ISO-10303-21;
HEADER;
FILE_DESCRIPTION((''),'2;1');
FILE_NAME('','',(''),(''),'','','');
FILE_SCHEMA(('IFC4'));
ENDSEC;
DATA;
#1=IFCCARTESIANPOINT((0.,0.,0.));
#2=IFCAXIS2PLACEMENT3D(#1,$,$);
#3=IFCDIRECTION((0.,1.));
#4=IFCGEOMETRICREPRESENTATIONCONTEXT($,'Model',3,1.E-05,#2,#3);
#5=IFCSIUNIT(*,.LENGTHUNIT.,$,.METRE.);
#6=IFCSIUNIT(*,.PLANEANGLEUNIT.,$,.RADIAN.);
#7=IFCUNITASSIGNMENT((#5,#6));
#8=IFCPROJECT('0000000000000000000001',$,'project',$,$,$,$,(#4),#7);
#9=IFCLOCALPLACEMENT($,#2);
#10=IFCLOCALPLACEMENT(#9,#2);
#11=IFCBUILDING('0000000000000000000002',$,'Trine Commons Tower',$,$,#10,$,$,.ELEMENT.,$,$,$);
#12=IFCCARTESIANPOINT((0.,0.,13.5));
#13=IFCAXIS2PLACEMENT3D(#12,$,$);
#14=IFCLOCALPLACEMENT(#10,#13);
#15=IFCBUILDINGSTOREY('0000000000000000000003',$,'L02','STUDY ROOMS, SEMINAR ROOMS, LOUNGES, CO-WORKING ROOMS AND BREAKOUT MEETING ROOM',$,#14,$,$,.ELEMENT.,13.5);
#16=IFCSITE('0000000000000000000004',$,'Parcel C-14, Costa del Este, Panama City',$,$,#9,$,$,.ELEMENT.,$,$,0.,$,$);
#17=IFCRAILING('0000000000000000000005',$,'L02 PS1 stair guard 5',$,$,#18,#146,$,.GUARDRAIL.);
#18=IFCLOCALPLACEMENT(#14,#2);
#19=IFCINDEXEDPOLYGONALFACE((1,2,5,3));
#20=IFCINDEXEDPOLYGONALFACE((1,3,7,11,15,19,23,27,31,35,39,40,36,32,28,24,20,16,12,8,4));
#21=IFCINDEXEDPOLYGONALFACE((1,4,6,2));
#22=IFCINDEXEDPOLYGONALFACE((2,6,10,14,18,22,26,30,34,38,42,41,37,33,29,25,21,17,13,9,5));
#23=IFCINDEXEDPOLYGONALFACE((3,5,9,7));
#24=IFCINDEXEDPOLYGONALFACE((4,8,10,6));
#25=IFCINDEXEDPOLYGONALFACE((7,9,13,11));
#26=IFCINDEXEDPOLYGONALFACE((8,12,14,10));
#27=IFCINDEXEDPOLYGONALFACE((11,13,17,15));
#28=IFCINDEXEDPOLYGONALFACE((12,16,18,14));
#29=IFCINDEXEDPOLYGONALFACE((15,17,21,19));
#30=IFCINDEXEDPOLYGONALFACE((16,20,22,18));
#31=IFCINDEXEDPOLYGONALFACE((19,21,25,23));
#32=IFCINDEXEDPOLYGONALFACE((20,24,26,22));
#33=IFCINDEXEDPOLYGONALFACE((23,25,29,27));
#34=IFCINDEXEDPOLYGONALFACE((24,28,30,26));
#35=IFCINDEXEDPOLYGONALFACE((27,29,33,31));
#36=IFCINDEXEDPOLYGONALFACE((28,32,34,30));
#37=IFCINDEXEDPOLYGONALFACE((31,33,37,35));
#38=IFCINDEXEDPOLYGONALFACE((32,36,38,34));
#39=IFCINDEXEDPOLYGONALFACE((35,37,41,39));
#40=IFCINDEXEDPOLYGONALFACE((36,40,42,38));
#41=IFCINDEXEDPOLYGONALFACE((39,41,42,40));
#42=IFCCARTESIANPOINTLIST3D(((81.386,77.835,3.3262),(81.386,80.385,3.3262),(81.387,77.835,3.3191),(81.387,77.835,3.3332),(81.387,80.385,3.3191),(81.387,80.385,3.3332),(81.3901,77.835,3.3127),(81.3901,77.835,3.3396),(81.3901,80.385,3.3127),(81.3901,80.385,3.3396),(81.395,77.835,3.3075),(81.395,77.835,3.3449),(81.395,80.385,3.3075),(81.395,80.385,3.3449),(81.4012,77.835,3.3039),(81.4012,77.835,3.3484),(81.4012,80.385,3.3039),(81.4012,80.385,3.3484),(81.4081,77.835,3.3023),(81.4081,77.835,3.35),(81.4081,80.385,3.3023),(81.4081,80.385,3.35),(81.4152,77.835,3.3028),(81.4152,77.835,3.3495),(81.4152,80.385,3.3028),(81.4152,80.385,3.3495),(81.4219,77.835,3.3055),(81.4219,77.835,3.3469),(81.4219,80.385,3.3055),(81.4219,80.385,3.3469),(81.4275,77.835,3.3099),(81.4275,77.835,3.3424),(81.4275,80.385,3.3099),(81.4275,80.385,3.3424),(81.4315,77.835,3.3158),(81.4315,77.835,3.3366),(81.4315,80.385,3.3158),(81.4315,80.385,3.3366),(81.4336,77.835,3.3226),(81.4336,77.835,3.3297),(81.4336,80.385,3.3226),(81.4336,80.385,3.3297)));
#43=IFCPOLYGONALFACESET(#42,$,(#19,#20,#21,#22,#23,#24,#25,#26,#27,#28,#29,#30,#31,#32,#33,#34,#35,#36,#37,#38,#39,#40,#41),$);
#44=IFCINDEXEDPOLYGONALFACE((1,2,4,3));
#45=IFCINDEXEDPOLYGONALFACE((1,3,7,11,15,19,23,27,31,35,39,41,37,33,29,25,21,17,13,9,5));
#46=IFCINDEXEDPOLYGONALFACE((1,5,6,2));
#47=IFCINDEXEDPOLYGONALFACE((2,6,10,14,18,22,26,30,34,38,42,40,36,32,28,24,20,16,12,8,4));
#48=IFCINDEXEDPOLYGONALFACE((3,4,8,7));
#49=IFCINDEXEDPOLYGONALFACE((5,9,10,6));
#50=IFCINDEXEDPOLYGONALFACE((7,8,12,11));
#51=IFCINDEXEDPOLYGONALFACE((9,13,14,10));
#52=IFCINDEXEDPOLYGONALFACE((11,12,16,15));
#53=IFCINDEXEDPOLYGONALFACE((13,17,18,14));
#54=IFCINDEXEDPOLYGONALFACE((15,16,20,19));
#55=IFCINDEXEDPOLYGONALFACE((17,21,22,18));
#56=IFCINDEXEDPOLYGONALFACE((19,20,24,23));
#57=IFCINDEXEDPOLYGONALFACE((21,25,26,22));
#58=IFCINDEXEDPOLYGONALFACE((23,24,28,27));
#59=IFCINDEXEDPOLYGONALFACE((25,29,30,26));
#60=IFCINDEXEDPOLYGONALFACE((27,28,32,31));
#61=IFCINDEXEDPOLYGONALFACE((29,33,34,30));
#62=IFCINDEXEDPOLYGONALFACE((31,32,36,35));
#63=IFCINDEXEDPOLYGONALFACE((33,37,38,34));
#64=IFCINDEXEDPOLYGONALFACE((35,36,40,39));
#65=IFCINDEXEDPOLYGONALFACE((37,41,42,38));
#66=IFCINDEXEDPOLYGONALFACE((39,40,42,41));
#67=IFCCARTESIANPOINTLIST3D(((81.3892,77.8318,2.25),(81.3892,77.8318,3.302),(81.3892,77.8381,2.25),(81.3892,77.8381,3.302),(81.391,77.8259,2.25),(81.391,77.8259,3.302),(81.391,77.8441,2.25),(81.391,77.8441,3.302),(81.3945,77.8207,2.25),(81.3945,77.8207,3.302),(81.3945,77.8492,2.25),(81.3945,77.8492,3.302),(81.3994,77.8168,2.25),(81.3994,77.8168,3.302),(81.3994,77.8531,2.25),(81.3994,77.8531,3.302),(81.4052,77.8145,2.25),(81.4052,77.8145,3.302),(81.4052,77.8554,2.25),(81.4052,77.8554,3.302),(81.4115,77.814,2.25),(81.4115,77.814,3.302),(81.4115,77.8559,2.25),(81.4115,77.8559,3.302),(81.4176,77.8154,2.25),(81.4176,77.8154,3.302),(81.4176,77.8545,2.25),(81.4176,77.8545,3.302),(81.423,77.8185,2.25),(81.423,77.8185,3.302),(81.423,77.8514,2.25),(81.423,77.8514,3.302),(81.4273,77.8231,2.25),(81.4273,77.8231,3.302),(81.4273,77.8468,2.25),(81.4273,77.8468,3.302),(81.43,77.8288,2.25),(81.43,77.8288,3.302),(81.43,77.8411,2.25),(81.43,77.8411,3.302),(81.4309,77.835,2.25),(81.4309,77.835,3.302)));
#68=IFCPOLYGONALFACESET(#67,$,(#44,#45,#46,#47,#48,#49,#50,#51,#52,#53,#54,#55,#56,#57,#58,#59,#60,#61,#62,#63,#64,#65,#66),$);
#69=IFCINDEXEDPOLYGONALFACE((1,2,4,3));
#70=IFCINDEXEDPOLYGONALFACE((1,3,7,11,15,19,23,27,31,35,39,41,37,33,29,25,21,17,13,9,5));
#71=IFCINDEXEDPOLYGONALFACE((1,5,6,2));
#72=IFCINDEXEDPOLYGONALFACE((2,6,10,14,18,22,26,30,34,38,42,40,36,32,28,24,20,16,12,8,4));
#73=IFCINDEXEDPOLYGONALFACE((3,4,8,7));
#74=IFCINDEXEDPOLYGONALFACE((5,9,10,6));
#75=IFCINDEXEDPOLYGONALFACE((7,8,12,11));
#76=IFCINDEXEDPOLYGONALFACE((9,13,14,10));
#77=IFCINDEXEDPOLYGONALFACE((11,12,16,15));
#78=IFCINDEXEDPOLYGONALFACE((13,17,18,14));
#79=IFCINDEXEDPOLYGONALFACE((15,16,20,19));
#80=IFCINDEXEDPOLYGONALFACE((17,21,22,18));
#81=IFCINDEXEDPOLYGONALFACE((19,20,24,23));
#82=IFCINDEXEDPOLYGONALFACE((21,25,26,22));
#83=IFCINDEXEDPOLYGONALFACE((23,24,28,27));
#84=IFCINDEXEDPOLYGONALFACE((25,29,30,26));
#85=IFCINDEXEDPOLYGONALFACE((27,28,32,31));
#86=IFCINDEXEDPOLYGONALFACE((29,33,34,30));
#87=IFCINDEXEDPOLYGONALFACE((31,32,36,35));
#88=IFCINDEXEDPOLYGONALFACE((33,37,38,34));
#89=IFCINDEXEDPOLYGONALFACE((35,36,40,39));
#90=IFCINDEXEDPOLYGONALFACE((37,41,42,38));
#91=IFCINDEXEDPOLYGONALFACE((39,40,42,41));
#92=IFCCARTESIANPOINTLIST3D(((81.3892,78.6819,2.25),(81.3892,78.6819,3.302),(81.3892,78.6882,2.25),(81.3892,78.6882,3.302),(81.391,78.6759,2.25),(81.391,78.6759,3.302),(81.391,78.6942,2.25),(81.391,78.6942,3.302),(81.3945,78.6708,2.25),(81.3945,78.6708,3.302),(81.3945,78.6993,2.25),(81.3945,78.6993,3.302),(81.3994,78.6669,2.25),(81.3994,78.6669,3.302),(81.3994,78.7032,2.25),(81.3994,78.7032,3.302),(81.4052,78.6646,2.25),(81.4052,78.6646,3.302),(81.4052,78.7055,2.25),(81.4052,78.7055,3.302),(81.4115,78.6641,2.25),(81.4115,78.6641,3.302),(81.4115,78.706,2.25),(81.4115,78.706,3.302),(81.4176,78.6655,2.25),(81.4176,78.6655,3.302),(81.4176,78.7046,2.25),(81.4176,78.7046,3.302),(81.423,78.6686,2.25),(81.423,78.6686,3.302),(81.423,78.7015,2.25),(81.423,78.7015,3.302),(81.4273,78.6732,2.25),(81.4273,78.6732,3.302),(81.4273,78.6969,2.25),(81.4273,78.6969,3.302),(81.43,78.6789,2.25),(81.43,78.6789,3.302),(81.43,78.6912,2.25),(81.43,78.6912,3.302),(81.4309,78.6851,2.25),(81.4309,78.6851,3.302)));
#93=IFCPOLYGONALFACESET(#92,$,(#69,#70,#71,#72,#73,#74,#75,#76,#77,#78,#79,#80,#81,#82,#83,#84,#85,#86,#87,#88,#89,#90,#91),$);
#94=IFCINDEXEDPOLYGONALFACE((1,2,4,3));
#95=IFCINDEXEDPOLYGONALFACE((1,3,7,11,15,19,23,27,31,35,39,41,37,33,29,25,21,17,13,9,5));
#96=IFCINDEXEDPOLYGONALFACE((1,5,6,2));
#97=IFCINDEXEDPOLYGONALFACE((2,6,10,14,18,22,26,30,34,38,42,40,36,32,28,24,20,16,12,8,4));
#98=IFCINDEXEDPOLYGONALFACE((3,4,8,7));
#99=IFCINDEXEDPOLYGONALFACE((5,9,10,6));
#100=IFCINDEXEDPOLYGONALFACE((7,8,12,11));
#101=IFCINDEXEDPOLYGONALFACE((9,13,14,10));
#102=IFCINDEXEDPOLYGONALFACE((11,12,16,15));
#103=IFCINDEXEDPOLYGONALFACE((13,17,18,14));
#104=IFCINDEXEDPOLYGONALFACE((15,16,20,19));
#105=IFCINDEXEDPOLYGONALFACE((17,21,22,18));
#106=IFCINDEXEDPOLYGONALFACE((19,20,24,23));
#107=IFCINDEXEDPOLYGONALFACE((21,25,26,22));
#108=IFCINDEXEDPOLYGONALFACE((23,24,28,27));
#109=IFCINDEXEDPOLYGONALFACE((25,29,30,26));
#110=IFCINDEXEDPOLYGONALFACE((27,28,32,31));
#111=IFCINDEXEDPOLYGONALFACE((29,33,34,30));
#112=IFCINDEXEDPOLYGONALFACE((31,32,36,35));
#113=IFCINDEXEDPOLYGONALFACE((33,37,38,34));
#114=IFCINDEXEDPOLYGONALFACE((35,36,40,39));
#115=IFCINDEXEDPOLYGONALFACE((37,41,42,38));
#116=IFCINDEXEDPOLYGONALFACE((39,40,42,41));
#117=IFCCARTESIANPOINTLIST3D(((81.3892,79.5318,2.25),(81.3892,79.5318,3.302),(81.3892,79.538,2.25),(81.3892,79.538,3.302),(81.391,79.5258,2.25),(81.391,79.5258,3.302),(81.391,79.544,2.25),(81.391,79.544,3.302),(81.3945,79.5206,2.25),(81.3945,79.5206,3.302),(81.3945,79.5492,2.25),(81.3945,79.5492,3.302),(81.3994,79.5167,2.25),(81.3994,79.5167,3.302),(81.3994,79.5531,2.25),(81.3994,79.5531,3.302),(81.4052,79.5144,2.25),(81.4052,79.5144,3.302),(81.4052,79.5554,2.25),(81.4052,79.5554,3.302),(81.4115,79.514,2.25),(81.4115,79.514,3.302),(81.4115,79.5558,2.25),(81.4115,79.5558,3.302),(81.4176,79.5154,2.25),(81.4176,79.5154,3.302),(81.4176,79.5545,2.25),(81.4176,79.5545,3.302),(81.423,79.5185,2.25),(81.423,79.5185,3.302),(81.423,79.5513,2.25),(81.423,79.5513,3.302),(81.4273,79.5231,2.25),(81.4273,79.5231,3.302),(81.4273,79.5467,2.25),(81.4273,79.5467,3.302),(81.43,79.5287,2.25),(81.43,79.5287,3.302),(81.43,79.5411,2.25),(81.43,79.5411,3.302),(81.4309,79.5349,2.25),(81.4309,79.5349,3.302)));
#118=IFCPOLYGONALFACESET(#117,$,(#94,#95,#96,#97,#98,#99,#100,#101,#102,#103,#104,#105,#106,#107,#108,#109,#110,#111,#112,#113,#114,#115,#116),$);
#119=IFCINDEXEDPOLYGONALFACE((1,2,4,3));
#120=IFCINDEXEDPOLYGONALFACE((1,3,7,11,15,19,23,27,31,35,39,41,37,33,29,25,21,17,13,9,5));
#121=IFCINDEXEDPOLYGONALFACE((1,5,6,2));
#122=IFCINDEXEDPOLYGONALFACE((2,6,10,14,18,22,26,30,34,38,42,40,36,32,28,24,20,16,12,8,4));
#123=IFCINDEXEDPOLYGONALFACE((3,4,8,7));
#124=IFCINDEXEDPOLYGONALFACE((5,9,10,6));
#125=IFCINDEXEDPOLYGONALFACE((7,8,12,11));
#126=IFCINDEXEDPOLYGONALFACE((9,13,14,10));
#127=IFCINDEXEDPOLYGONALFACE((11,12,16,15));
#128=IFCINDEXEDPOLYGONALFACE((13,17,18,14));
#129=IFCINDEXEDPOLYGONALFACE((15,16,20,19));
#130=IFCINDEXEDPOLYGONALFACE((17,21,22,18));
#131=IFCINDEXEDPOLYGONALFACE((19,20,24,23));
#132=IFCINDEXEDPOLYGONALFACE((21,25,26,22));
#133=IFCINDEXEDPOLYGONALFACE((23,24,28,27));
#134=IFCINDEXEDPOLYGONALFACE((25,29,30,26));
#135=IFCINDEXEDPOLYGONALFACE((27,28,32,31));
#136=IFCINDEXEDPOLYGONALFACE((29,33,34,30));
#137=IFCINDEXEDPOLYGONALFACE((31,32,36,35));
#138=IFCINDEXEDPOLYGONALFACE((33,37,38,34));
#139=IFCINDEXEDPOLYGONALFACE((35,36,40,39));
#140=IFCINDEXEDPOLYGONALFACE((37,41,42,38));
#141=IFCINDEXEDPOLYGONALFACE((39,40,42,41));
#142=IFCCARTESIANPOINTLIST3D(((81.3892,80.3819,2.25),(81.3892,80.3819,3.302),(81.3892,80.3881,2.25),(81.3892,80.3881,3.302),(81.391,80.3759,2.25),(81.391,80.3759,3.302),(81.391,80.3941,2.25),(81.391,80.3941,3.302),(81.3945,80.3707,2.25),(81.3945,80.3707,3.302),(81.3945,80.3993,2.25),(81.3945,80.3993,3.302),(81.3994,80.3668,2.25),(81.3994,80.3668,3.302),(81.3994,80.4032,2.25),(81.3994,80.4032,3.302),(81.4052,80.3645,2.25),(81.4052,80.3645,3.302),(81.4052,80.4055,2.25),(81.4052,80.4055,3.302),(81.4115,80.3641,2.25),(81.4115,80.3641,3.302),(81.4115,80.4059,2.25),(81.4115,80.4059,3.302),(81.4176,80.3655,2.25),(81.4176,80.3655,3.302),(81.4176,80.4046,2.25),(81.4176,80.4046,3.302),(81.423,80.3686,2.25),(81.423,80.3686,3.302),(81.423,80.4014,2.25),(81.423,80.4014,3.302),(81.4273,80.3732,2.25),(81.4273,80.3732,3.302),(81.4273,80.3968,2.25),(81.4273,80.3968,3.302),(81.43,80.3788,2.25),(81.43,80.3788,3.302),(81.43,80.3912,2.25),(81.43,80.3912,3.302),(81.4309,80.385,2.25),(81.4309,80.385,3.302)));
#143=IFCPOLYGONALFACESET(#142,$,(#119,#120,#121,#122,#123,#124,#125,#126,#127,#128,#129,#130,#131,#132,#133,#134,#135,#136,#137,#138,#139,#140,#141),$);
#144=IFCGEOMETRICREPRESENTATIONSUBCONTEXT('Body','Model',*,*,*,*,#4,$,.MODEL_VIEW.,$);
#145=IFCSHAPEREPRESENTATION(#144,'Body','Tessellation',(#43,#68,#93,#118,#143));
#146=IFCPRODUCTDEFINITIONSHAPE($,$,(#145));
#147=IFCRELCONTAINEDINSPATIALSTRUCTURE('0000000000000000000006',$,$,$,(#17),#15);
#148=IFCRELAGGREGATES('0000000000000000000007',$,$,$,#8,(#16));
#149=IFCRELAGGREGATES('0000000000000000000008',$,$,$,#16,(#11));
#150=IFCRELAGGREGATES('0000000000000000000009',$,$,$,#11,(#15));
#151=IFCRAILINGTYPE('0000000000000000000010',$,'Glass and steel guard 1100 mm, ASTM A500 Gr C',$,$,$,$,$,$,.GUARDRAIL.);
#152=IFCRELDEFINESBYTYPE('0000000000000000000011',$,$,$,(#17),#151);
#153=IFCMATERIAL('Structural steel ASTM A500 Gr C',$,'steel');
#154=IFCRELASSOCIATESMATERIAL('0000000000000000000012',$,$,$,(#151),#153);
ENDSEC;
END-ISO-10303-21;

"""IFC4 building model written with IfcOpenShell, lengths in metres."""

from ifc_helpers import new_model, si_unit, direction, frame, origin, origin_2d, place, context, subcontext, project, spatial, circle, extrude, material, type_object, element, save


model = new_model("IFC4")

# Units and contexts
model_context = context("Model", 3, precision=1e-05, world=origin(), true_north=direction((0.0, 1.0)))
body_context = subcontext(model_context, "Body", "Model", "MODEL_VIEW")
ifc_project = project(units=[si_unit("LENGTHUNIT", "METRE"), si_unit("PLANEANGLEUNIT", "RADIAN")], contexts=[model_context])

# Site, building, storey
site_placement = place(None, origin())
site = spatial("IfcSite", under=ifc_project, at=site_placement, Name="Parcel C-14, Costa del Este, Panama City", CompositionType="ELEMENT", RefElevation=0.0)
building_placement = place(site_placement, origin())
building = spatial("IfcBuilding", under=site, at=building_placement, Name="Trine Commons Tower", CompositionType="ELEMENT")
storey_placement = place(building_placement, frame((0.0, 0.0, 13.5)))
storey = spatial("IfcBuildingStorey", under=building, at=storey_placement, Name="L02", Description="STUDY ROOMS, SEMINAR ROOMS, LOUNGES, CO-WORKING ROOMS AND BREAKOUT MEETING ROOM", CompositionType="ELEMENT", Elevation=13.5)

# Railing
ifc_material_1 = material(Name="Structural steel ASTM A500 Gr C", Category="steel")
railing_type_1 = type_object("IfcRailingType", Name="Glass and steel guard 1100 mm, ASTM A500 Gr C", PredefinedType="GUARDRAIL", material=ifc_material_1)
railing_1_placement = place(storey_placement, frame((81.4099, 77.835, 2.25)))
element("IfcRailing", 1, at=railing_1_placement, inside=storey, type_object=railing_type_1, Name="L02 PS1 stair guard 5", PredefinedType="GUARDRAIL", context=body_context, shape_type="SweptSolid", body=[
    extrude(circle(Radius=0.0239, at=origin_2d()), frame((0.0, 0.0, 1.0762), z_axis=(0.0, 1.0, 0.0), x_axis=(-1.0, 0.0, 0.0)), (0.0, 0.0, 1.0), 2.55),
    extrude(circle(Radius=0.021, at=origin_2d()), origin(), (0.0, 0.0, 1.0), 1.052),
    extrude(circle(Radius=0.021, at=origin_2d()), frame((0.0, 0.8501, 0.0)), (0.0, 0.0, 1.0), 1.052),
    extrude(circle(Radius=0.021, at=origin_2d()), frame((0.0, 1.7, 0.0)), (0.0, 0.0, 1.0), 1.052),
    extrude(circle(Radius=0.021, at=origin_2d()), frame((0.0, 2.55, 0.0)), (0.0, 0.0, 1.0), 1.052),
])

save(model, "model.ifc")
